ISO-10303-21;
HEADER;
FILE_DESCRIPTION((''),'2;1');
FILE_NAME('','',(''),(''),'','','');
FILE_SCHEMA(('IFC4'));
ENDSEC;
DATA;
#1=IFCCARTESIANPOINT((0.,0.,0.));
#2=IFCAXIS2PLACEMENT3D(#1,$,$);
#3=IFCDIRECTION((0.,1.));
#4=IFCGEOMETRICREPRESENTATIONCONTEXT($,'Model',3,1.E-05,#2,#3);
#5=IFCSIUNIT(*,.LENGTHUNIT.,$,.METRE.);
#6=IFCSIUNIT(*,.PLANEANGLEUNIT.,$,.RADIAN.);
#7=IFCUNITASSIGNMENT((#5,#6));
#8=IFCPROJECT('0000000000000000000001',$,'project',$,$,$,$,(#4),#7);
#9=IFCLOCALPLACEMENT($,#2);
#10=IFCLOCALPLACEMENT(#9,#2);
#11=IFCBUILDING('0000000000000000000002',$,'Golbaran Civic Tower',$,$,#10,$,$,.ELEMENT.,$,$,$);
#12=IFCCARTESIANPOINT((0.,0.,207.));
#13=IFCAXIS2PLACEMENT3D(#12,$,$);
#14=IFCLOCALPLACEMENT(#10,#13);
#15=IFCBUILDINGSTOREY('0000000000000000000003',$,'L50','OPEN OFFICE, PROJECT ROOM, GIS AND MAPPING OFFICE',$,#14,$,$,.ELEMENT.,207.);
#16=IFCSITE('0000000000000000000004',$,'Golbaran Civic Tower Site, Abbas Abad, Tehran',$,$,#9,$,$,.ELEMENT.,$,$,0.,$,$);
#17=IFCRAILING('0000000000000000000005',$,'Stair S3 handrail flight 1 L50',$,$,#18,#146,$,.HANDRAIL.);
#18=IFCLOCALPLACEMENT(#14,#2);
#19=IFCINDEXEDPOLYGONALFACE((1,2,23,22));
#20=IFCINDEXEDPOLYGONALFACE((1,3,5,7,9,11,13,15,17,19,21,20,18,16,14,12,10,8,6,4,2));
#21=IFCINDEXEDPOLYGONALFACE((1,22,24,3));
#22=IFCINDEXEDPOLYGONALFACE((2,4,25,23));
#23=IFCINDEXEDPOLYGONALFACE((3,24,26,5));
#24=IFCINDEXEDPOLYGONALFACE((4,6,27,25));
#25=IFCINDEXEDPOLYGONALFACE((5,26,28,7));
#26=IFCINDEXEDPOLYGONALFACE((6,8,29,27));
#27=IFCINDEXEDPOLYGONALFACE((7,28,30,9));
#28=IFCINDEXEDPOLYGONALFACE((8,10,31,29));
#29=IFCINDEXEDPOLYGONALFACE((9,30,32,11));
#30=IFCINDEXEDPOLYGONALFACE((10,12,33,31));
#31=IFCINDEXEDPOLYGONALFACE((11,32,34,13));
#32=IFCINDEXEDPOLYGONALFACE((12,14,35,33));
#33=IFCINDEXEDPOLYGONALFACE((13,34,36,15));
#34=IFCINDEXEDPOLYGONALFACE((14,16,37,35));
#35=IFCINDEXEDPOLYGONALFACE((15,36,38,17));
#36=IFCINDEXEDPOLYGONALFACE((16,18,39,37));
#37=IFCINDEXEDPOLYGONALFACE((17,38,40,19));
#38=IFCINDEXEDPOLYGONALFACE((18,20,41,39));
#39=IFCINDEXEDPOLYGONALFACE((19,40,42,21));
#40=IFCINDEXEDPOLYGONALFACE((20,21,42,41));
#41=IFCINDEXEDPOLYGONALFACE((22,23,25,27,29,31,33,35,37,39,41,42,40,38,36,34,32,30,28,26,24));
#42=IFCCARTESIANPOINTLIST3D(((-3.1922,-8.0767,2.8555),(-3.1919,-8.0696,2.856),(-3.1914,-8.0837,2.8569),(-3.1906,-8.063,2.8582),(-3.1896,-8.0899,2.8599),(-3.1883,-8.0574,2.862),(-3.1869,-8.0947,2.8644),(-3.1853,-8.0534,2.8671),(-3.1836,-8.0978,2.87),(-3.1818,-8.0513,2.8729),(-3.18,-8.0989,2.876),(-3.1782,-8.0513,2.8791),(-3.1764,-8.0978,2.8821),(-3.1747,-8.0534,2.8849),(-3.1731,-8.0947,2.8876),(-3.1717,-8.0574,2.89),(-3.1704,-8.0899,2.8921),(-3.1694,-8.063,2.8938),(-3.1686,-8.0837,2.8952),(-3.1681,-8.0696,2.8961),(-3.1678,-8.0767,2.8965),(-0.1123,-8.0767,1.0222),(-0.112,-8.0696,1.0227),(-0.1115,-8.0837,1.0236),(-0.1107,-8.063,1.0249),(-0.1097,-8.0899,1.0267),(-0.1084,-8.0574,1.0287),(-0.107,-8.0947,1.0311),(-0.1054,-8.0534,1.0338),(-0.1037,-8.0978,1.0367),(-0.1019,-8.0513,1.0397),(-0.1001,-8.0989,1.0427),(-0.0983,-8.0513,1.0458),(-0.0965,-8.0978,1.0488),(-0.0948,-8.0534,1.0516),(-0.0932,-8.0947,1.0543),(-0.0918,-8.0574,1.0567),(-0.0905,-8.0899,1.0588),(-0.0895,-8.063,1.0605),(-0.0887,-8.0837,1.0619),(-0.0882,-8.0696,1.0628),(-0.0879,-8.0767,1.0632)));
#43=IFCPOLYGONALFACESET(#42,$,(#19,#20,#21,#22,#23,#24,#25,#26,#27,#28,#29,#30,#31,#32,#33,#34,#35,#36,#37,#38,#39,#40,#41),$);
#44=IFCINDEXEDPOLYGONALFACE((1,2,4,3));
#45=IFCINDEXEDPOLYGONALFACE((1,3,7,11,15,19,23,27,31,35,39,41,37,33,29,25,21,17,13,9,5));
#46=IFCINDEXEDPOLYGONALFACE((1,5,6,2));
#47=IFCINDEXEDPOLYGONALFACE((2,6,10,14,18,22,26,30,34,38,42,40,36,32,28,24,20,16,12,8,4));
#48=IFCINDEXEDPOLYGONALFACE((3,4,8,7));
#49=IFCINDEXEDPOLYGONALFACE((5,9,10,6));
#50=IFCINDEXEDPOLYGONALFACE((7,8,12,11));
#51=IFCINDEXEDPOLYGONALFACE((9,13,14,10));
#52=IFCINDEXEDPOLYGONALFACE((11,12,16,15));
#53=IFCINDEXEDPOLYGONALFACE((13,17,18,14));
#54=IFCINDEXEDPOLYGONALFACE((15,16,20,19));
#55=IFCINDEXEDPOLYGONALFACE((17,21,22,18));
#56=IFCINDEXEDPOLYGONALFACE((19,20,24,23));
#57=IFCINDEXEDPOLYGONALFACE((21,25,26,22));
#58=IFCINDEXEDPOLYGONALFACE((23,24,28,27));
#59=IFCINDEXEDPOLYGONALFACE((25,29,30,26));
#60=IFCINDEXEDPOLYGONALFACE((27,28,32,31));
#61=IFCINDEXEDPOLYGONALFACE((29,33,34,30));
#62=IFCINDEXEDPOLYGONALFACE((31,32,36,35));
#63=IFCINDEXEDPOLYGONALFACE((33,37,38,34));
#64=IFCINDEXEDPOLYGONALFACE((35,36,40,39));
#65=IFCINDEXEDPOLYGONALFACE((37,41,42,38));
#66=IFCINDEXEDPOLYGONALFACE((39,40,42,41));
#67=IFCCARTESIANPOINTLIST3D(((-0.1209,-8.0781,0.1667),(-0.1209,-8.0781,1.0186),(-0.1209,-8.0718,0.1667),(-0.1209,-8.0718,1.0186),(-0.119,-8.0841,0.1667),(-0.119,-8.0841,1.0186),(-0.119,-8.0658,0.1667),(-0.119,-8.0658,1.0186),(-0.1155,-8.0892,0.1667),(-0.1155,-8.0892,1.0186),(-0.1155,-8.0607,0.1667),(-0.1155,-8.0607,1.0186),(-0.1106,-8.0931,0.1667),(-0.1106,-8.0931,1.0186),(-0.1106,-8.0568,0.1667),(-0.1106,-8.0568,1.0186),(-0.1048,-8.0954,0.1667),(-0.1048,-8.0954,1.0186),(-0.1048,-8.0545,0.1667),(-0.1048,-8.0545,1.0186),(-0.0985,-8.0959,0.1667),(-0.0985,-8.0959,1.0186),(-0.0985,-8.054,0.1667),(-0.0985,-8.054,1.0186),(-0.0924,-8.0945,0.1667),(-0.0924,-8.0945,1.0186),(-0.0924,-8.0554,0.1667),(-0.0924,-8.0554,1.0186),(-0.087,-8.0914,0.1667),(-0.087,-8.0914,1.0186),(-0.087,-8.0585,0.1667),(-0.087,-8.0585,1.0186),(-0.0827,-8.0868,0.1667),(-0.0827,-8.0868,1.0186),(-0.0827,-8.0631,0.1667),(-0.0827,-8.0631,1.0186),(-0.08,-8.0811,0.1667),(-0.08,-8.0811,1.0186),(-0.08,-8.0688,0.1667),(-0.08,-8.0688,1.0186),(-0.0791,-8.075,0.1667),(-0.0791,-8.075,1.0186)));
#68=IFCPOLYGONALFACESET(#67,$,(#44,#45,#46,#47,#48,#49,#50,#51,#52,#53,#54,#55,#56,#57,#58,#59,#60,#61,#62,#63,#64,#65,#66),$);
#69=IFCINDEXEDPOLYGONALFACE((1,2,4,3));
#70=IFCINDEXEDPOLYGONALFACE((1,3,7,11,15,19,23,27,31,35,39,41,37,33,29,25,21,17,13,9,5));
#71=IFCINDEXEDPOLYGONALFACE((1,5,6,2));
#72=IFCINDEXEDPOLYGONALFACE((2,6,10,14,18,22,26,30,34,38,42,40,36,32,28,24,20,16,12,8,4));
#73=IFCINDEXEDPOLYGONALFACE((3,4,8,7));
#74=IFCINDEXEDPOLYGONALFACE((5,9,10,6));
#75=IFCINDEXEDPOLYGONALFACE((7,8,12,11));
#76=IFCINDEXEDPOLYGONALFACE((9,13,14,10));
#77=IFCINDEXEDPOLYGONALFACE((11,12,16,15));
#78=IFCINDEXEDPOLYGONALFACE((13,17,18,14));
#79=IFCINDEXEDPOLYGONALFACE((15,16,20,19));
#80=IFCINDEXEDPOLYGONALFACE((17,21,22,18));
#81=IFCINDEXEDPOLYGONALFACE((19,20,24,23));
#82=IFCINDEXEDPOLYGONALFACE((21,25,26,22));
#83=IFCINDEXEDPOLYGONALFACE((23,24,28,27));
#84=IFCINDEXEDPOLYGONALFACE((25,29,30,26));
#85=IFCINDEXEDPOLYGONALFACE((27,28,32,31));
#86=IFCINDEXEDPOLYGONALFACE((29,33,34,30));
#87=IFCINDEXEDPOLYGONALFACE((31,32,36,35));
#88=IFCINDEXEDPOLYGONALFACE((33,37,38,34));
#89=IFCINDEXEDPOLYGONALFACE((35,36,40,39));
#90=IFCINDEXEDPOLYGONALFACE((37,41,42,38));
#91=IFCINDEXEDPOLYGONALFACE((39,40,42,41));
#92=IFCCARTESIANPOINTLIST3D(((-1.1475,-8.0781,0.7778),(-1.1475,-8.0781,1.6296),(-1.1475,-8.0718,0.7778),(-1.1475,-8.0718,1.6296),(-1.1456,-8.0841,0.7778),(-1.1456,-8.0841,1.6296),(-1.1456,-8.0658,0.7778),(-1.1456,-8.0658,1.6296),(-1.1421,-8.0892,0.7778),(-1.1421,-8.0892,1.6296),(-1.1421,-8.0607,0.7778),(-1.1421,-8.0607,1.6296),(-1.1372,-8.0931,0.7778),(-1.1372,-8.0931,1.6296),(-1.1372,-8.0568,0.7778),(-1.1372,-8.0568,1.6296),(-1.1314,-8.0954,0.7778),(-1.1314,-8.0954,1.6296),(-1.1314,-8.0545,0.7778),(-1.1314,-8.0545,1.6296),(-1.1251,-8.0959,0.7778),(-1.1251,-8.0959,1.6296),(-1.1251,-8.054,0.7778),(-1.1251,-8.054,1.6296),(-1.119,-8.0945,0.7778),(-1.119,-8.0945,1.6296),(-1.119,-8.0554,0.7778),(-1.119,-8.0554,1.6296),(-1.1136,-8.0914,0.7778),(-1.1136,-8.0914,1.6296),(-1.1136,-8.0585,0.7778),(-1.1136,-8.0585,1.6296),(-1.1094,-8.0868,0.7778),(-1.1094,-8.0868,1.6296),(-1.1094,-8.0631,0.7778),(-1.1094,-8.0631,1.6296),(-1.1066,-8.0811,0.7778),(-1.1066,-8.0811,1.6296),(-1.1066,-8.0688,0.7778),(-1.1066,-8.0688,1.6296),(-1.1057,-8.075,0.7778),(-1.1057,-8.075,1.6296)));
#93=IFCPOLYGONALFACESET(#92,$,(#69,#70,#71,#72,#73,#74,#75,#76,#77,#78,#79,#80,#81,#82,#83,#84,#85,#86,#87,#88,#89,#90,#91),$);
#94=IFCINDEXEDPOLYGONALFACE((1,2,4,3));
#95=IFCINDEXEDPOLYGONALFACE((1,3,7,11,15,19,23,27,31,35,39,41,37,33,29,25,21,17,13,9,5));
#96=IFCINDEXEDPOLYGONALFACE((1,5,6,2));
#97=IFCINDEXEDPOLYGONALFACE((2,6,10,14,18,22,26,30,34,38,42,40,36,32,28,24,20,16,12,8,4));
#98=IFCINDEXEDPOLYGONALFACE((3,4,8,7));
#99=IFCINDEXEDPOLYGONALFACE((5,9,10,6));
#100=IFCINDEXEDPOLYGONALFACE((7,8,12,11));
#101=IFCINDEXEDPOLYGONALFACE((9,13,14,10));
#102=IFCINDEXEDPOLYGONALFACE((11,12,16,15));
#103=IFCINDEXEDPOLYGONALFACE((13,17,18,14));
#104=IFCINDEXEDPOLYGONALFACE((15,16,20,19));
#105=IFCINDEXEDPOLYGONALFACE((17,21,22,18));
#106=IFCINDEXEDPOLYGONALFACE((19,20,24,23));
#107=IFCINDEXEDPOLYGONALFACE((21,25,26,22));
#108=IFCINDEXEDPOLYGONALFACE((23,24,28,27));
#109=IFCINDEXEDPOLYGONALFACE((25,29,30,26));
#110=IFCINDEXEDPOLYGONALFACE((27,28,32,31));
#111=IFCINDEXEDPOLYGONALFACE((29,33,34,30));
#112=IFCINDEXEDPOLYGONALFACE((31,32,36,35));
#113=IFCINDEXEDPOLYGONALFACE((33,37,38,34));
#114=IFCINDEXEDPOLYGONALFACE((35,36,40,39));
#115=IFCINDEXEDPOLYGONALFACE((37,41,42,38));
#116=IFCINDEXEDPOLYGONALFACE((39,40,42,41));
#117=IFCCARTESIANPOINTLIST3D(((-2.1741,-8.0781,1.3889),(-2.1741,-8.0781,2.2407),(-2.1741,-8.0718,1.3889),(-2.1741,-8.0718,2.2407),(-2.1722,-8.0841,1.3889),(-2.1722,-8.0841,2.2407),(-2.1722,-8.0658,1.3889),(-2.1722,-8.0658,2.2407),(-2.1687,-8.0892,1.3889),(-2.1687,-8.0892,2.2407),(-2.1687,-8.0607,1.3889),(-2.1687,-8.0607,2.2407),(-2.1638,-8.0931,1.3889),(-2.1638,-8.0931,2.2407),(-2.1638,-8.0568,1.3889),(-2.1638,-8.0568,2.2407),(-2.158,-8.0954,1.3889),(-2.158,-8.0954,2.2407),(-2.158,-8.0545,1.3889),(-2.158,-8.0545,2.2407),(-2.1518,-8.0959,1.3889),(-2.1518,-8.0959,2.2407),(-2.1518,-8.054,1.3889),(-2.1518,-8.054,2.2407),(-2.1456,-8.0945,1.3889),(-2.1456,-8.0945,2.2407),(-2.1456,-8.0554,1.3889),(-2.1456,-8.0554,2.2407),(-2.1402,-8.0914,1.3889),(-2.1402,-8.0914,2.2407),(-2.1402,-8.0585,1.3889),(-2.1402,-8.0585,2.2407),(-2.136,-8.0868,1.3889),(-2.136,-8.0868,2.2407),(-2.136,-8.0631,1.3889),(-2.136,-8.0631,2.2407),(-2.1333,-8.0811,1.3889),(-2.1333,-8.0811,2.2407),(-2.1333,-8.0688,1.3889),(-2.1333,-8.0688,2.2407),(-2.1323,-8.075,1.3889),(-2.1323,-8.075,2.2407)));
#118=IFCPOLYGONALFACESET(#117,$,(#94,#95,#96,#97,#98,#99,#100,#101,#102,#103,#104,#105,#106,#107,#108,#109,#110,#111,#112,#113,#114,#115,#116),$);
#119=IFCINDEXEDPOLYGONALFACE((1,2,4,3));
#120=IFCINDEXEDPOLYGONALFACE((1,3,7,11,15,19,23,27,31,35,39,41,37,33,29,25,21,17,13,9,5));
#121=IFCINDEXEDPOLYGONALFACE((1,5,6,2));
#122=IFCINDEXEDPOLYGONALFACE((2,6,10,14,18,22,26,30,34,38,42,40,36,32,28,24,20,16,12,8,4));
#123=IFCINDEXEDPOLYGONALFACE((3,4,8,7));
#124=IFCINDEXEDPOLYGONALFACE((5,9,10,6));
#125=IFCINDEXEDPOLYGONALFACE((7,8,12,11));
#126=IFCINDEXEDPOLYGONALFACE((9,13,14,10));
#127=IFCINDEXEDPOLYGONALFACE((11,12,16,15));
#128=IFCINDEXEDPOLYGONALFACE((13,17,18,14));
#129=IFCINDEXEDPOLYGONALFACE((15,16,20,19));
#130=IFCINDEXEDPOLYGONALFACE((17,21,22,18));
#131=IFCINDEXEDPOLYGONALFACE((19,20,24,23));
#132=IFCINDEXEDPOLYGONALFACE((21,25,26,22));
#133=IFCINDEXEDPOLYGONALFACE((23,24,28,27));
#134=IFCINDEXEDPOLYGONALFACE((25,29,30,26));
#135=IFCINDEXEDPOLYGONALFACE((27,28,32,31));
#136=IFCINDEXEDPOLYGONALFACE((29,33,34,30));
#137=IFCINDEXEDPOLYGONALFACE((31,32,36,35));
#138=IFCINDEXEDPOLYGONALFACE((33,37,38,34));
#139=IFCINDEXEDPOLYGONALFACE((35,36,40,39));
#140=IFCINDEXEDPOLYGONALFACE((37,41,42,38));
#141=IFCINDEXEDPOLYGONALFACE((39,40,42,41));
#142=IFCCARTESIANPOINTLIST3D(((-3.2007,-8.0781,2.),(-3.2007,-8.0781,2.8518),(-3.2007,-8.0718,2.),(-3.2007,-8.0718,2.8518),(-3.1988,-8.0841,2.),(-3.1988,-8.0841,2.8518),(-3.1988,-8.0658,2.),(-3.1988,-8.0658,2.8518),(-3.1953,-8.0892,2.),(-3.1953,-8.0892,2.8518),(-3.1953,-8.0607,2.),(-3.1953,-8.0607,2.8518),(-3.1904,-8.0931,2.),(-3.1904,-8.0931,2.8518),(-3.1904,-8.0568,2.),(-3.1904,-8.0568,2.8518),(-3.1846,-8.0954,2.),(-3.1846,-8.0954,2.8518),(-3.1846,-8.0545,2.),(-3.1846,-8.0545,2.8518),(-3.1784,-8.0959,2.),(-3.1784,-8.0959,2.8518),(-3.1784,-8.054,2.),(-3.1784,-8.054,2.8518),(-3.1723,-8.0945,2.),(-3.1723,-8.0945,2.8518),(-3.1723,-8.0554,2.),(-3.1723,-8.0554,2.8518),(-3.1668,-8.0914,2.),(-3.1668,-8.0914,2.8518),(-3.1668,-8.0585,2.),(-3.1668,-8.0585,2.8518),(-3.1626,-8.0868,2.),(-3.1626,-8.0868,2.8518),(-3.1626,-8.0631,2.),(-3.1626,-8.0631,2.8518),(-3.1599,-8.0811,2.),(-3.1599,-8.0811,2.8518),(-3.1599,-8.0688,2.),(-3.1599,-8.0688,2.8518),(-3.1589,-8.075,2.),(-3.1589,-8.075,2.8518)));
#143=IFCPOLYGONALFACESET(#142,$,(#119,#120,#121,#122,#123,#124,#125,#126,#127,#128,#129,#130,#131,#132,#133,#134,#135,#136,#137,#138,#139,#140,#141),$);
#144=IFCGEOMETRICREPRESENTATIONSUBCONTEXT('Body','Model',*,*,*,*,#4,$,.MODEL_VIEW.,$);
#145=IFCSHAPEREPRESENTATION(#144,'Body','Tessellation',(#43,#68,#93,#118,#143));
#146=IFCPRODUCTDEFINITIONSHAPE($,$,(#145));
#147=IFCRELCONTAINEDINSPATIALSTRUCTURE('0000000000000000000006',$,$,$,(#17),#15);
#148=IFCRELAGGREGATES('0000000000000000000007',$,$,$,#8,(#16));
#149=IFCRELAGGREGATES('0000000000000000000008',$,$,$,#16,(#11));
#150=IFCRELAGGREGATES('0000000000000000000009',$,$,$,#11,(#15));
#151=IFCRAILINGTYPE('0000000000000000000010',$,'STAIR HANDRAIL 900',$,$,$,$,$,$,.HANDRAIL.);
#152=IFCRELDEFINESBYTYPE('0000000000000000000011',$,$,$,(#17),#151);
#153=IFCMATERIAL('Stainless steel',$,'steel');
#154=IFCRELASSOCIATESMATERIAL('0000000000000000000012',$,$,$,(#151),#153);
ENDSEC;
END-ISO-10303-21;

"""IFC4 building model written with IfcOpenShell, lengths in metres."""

from ifc_helpers import new_model, si_unit, direction, frame, origin, origin_2d, place, context, subcontext, project, spatial, circle, extrude, material, type_object, element, save


model = new_model("IFC4")

# Units and contexts
model_context = context("Model", 3, precision=1e-05, world=origin(), true_north=direction((0.0, 1.0)))
body_context = subcontext(model_context, "Body", "Model", "MODEL_VIEW")
ifc_project = project(units=[si_unit("LENGTHUNIT", "METRE"), si_unit("PLANEANGLEUNIT", "RADIAN")], contexts=[model_context])

# Site, building, storey
site_placement = place(None, origin())
site = spatial("IfcSite", under=ifc_project, at=site_placement, Name="Golbaran Civic Tower Site, Abbas Abad, Tehran", CompositionType="ELEMENT", RefElevation=0.0)
building_placement = place(site_placement, origin())
building = spatial("IfcBuilding", under=site, at=building_placement, Name="Golbaran Civic Tower", CompositionType="ELEMENT")
storey_placement = place(building_placement, frame((0.0, 0.0, 207.0)))
storey = spatial("IfcBuildingStorey", under=building, at=storey_placement, Name="L50", Description="OPEN OFFICE, PROJECT ROOM, GIS AND MAPPING OFFICE", CompositionType="ELEMENT", Elevation=207.0)

# Shared definitions
ifc_material_1 = material(Name="Stainless steel", Category="steel")

# Railing
railing_type = type_object("IfcRailingType", Name="STAIR HANDRAIL 900", PredefinedType="HANDRAIL", material=ifc_material_1)
railing_placement = place(storey_placement, frame((-0.1001, -8.075, 0.1667)))
element("IfcRailing", 1, at=railing_placement, inside=storey, type_object=railing_type, Name="Stair S3 handrail flight 1 L50", PredefinedType="HANDRAIL", context=body_context, shape_type="SweptSolid", body=[
    extrude(circle(Radius=0.0239, at=origin_2d()), frame((0.0, 0.0, 0.876), z_axis=(-0.859291, 0.0, 0.511487), x_axis=(0.0, -1.0, 0.0)), (0.0, 0.0, 1.0), 3.5842),
    extrude(circle(Radius=0.021, at=origin_2d()), origin(), (0.0, 0.0, 1.0), 0.8518),
    extrude(circle(Radius=0.021, at=origin_2d()), frame((-1.0266, 0.0, 0.6111)), (0.0, 0.0, 1.0), 0.8518),
    extrude(circle(Radius=0.021, at=origin_2d()), frame((-2.0532, 0.0, 1.2222)), (0.0, 0.0, 1.0), 0.8518),
    extrude(circle(Radius=0.021, at=origin_2d()), frame((-3.0798, 0.0, 1.8333)), (0.0, 0.0, 1.0), 0.8518),
])

save(model, "model.ifc")
